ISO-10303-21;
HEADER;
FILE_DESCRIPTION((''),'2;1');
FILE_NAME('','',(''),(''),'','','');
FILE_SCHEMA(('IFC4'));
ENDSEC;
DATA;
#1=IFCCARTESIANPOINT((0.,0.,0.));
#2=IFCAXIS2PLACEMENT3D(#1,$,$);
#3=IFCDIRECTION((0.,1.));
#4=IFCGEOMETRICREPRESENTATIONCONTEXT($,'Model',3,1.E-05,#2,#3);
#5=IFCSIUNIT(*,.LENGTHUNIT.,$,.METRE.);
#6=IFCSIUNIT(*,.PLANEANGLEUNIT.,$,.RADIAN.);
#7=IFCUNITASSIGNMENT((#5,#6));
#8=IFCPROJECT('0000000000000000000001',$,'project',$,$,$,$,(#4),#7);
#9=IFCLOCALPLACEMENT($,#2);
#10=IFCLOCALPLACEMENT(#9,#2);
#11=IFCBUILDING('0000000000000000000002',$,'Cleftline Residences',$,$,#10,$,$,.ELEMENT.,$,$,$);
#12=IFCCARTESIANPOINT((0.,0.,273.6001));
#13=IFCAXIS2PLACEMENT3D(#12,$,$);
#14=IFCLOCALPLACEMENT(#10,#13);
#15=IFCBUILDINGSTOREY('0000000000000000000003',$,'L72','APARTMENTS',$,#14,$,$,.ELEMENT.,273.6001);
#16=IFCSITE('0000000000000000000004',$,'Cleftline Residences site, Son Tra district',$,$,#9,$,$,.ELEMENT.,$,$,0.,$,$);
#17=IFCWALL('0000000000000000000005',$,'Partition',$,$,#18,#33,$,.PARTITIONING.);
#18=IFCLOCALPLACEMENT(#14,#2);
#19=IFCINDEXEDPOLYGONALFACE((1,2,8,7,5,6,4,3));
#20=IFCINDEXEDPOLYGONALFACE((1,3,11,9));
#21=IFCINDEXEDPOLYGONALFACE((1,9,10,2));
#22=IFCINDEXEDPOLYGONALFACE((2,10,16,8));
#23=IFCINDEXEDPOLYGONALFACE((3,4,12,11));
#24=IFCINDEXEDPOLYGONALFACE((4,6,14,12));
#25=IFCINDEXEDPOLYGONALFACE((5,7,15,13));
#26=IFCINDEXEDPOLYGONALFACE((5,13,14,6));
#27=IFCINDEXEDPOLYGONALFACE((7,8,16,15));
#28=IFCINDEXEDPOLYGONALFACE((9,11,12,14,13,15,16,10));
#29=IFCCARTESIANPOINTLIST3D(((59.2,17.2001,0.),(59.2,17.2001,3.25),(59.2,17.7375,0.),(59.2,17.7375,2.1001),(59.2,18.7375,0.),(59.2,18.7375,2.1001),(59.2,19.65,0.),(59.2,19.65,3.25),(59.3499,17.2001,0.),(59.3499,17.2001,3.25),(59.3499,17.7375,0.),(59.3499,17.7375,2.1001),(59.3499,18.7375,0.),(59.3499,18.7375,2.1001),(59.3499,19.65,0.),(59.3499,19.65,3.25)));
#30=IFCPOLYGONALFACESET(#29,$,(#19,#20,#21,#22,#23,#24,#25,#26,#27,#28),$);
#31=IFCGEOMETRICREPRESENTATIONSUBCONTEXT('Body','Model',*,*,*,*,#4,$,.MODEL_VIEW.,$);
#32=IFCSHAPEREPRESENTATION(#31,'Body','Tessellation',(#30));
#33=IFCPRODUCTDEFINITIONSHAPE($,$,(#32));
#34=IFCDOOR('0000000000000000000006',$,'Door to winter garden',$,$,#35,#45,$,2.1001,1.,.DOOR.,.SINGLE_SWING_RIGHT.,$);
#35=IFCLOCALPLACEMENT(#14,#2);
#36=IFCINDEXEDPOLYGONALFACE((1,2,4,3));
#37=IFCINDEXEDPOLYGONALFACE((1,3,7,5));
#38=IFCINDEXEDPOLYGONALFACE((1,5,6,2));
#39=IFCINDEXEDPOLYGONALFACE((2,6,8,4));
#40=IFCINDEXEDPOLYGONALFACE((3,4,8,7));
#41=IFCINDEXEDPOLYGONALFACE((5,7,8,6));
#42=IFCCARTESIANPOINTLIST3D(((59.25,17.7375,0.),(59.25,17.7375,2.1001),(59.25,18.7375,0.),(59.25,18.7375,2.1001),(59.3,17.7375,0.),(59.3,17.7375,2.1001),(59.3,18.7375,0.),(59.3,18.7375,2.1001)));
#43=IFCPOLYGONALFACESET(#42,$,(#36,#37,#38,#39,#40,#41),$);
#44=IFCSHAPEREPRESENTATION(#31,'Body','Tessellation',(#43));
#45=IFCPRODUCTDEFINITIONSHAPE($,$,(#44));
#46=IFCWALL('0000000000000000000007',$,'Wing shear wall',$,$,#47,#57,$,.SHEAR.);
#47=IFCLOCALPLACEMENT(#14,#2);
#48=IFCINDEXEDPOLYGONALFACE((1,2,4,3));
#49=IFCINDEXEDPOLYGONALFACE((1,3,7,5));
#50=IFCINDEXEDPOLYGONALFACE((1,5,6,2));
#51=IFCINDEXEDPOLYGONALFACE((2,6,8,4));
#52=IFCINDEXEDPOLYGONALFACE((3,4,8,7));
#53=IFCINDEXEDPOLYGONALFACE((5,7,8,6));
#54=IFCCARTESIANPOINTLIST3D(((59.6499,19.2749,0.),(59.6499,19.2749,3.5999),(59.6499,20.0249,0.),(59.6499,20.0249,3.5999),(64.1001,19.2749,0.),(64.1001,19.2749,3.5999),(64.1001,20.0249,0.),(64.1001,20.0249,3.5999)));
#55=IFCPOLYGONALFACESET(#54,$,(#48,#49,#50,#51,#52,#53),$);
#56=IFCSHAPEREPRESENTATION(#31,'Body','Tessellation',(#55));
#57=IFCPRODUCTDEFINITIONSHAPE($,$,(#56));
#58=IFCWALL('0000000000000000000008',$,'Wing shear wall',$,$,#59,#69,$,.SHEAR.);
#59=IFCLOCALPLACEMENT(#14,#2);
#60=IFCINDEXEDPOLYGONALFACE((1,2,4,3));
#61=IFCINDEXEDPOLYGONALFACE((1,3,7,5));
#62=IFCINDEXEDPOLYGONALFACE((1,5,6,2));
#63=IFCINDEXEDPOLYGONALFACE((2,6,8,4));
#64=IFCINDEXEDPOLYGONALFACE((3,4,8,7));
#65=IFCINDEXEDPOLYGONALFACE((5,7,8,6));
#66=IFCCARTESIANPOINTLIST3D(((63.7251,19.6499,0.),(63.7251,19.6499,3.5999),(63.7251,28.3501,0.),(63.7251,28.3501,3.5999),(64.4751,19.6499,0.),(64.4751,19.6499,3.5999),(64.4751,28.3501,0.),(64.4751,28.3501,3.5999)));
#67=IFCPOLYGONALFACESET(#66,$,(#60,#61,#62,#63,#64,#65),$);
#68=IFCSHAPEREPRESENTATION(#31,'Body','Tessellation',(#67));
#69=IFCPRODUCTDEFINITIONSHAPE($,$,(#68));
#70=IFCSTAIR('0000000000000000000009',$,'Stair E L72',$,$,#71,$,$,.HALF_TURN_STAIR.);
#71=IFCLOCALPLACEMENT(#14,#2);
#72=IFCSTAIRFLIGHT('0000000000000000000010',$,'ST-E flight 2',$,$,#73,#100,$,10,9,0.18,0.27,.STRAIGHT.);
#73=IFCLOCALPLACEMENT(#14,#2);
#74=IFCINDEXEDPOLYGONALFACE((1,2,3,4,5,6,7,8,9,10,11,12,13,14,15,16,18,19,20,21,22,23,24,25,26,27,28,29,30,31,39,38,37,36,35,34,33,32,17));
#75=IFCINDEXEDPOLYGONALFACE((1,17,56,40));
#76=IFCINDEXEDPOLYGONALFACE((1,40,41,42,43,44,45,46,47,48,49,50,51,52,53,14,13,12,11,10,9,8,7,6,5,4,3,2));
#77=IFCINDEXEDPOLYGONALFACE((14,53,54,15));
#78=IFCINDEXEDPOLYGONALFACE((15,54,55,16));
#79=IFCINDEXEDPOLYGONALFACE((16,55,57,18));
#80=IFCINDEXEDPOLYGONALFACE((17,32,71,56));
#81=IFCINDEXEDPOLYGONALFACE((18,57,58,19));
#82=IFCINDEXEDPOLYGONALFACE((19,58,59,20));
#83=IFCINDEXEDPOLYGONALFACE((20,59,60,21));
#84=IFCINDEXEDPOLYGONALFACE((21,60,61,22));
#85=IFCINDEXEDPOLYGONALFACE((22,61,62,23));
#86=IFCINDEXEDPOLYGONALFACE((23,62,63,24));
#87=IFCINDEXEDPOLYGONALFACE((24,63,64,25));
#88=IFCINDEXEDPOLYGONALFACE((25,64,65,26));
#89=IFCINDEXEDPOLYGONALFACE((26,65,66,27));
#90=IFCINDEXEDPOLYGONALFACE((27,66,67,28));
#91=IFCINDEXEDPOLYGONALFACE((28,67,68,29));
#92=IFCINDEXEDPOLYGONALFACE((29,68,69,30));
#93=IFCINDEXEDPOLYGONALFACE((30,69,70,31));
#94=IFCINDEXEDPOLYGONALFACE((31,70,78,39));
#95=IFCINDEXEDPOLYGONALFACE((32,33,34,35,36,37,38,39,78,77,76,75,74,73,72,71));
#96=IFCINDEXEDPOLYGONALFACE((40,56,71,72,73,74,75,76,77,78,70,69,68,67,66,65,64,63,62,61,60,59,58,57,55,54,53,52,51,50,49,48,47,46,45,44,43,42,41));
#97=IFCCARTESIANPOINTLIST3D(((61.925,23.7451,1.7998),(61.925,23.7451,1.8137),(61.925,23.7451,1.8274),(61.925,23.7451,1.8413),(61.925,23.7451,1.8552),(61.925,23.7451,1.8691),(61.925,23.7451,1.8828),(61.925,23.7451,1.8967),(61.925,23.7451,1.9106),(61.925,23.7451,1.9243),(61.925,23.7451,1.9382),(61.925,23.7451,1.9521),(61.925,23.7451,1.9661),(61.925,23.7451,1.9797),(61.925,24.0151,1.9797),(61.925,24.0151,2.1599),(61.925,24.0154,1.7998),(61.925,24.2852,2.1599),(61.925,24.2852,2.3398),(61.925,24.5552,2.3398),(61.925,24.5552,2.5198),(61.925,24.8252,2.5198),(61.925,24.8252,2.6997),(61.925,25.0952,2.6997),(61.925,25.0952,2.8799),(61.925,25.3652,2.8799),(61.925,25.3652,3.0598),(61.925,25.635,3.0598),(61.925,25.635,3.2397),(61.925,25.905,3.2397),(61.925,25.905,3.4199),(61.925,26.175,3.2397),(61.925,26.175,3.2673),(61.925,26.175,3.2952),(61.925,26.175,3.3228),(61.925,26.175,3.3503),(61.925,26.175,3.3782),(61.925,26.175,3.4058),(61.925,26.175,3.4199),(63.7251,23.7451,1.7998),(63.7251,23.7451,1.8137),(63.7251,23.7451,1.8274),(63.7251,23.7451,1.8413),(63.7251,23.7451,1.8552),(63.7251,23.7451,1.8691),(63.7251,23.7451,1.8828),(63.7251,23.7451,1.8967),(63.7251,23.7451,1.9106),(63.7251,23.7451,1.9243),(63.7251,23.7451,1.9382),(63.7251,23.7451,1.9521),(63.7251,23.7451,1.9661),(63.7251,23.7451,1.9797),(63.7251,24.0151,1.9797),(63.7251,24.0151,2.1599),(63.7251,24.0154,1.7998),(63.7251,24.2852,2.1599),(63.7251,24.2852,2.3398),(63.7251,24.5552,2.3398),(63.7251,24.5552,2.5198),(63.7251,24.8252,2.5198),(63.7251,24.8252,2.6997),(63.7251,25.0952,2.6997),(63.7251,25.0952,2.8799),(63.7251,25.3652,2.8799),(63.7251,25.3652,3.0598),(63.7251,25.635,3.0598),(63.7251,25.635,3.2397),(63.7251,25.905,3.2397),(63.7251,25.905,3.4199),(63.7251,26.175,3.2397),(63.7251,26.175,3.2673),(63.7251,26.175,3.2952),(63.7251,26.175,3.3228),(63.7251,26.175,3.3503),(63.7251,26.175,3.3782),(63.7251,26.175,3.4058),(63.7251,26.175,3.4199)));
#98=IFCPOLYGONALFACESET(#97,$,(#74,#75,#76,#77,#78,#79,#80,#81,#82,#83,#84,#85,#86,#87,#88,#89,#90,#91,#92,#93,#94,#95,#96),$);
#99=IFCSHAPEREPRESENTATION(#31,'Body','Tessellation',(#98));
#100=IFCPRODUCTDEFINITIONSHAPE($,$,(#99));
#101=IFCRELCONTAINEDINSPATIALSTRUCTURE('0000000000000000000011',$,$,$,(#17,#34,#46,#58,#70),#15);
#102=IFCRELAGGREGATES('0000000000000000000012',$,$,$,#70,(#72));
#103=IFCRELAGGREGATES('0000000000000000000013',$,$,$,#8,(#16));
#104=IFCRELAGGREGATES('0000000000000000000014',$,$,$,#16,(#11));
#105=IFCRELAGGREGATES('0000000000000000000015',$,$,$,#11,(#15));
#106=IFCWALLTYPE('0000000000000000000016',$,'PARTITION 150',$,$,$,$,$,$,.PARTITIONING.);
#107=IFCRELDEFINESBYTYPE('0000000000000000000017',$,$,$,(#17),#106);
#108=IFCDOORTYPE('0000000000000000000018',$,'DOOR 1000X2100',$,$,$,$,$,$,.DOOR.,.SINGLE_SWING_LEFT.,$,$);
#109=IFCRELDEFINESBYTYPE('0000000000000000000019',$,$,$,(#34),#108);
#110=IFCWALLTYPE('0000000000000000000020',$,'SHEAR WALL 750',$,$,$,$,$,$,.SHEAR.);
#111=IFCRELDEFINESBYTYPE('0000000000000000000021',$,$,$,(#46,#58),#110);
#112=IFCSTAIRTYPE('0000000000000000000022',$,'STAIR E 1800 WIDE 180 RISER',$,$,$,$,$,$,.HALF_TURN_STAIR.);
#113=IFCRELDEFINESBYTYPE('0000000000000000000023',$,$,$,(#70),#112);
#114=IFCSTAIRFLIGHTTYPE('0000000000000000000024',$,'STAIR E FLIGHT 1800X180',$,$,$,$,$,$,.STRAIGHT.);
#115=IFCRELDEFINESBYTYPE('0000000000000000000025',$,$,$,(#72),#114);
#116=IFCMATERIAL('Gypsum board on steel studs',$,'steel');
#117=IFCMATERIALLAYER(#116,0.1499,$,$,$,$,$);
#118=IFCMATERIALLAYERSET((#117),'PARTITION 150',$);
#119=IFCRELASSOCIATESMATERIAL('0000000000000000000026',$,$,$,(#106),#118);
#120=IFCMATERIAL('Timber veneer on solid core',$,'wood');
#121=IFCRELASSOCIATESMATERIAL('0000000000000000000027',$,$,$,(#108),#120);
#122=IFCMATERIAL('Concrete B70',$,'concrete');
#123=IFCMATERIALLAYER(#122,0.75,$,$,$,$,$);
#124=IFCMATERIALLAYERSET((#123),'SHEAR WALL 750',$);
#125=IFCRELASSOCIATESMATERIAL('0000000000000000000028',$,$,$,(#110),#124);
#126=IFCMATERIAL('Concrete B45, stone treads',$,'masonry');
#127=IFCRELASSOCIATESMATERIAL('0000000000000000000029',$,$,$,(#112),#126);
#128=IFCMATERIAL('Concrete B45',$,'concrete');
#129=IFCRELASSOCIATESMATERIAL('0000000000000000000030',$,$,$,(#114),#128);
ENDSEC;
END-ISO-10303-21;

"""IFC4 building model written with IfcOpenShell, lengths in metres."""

from ifc_helpers import new_model, si_unit, direction, frame, frame_2d, origin, place, context, subcontext, project, spatial, polyline, rectangle, outline, extrude, material, layer, layer_set, type_object, element, fill, aggregate, save


model = new_model("IFC4")

# Units and contexts
model_context = context("Model", 3, precision=1e-05, world=origin(), true_north=direction((0.0, 1.0)))
body_context = subcontext(model_context, "Body", "Model", "MODEL_VIEW")
ifc_project = project(units=[si_unit("LENGTHUNIT", "METRE"), si_unit("PLANEANGLEUNIT", "RADIAN")], contexts=[model_context])

# Site, building, storey
site_placement = place(None, origin())
site = spatial("IfcSite", under=ifc_project, at=site_placement, Name="Cleftline Residences site, Son Tra district", CompositionType="ELEMENT", RefElevation=0.0)
building_placement = place(site_placement, origin())
building = spatial("IfcBuilding", under=site, at=building_placement, Name="Cleftline Residences", CompositionType="ELEMENT")
storey_placement = place(building_placement, frame((0.0, 0.0, 273.6001)))
storey = spatial("IfcBuildingStorey", under=building, at=storey_placement, Name="L72", Description="APARTMENTS", CompositionType="ELEMENT", Elevation=273.6001)

# Shared definitions
ifc_material_1 = material(Name="Gypsum board on steel studs", Category="steel")
ifc_layer_1 = layer(ifc_material_1, 0.1499)
ifc_layer_set_1 = layer_set([ifc_layer_1], Name="PARTITION 150")
wall_type_1 = type_object("IfcWallType", Name="PARTITION 150", PredefinedType="PARTITIONING", material=ifc_layer_set_1)
ifc_material_2 = material(Name="Timber veneer on solid core", Category="wood")
door_type = type_object("IfcDoorType", Name="DOOR 1000X2100", OperationType="SINGLE_SWING_LEFT", PredefinedType="DOOR", material=ifc_material_2)

# Wall, opening, door
wall_1_placement = place(storey_placement, frame((59.2749, 17.2, 0.0), z_axis=(0.0, 0.0, 1.0), x_axis=(0.0, 1.0, 0.0)))
wall_1 = element("IfcWall", 1, at=wall_1_placement, inside=storey, type_object=wall_type_1, Name="Partition", PredefinedType="PARTITIONING", context=body_context, shape_type="SweptSolid", body=[
    extrude(rectangle(XDim=2.45, YDim=0.1499, at=frame_2d((1.2251, 0.0))), origin(), (0.0, 0.0, 1.0), 3.25),
])
opening_1_placement = place(wall_1_placement, frame((0.5376, 0.0, 0.0)))
opening_1 = element("IfcOpeningElement", 2, at=opening_1_placement, cuts=wall_1, PredefinedType="OPENING", context=body_context, shape_type="SweptSolid", body=[
    extrude(rectangle(XDim=1.0, YDim=2.1001, at=frame_2d((0.5, 1.05))), frame((0.0, 0.085, 0.0), z_axis=(0.0, -1.0, 0.0), x_axis=(1.0, 0.0, 0.0)), (0.0, 0.0, 1.0), 0.1699),
])
door_1_placement = place(opening_1_placement, origin())
door_1 = element("IfcDoor", 3, at=door_1_placement, inside=storey, type_object=door_type, Name="Door to winter garden", OperationType="SINGLE_SWING_RIGHT", OverallHeight=2.1001, OverallWidth=1.0, PredefinedType="DOOR", context=body_context, shape_type="SweptSolid", body=[
    extrude(rectangle(XDim=1.0, YDim=2.1001, at=frame_2d((0.5, 1.05))), frame((0.0, 0.0249, 0.0), z_axis=(0.0, -1.0, 0.0), x_axis=(1.0, 0.0, 0.0)), (0.0, 0.0, 1.0), 0.05),
])
fill(opening_1, door_1)

# Walls
ifc_material_3 = material(Name="Concrete B70", Category="concrete")
ifc_layer_2 = layer(ifc_material_3, 0.75)
ifc_layer_set_2 = layer_set([ifc_layer_2], Name="SHEAR WALL 750")
wall_type_2 = type_object("IfcWallType", Name="SHEAR WALL 750", PredefinedType="SHEAR", material=ifc_layer_set_2)
wall_2_placement = place(storey_placement, frame((59.6499, 19.6499, 0.0), z_axis=(0.0, 0.0, 1.0), x_axis=(1.0, 0.0, 0.0)))
element("IfcWall", 4, at=wall_2_placement, inside=storey, type_object=wall_type_2, Name="Wing shear wall", PredefinedType="SHEAR", context=body_context, shape_type="SweptSolid", body=[
    extrude(rectangle(XDim=4.4502, YDim=0.75, at=frame_2d((2.2251, 0.0))), origin(), (0.0, 0.0, 1.0), 3.5999),
])
wall_3_placement = place(storey_placement, frame((64.1001, 19.6499, 0.0), z_axis=(0.0, 0.0, 1.0), x_axis=(0.0, 1.0, 0.0)))
element("IfcWall", 5, at=wall_3_placement, inside=storey, type_object=wall_type_2, Name="Wing shear wall", PredefinedType="SHEAR", context=body_context, shape_type="SweptSolid", body=[
    extrude(rectangle(XDim=8.7002, YDim=0.75, at=frame_2d((4.3501, 0.0))), origin(), (0.0, 0.0, 1.0), 3.5999),
])

# Stair, stair flight
ifc_material_4 = material(Name="Concrete B45, stone treads", Category="masonry")
stair_type = type_object("IfcStairType", Name="STAIR E 1800 WIDE 180 RISER", PredefinedType="HALF_TURN_STAIR", material=ifc_material_4)
stair_placement = place(storey_placement, origin())
stair = element("IfcStair", 6, at=stair_placement, inside=storey, type_object=stair_type, Name="Stair E L72", PredefinedType="HALF_TURN_STAIR")
ifc_material_5 = material(Name="Concrete B45", Category="concrete")
stair_flight_type = type_object("IfcStairFlightType", Name="STAIR E FLIGHT 1800X180", PredefinedType="STRAIGHT", material=ifc_material_5)
stair_flight_placement = place(storey_placement, frame((62.825, 23.7451, 1.7998), z_axis=(0.0, 0.0, 1.0), x_axis=(0.0, 1.0, 0.0)))
stair_flight = element("IfcStairFlight", 7, at=stair_flight_placement, type_object=stair_flight_type, Name="ST-E flight 2", NumberOfRisers=10, NumberOfTreads=9, PredefinedType="STRAIGHT", RiserHeight=0.18, TreadLength=0.27, context=body_context, shape_type="SweptSolid", body=[
    extrude(outline(polyline([(0.0, 0.0), (0.0, 0.0139), (0.0, 0.0276), (0.0, 0.0415), (0.0, 0.0554), (0.0, 0.0693), (0.0, 0.083), (0.0, 0.0969), (0.0, 0.1108), (0.0, 0.1245), (0.0, 0.1384), (0.0, 0.1523), (0.0, 0.1663), (0.0, 0.1799), (0.27, 0.1799), (0.27, 0.3601), (0.54, 0.3601), (0.54, 0.54), (0.8101, 0.54), (0.8101, 0.72), (1.0801, 0.72), (1.0801, 0.8999), (1.3501, 0.8999), (1.3501, 1.0801), (1.6201, 1.0801), (1.6201, 1.26), (1.8899, 1.26), (1.8899, 1.4399), (2.1599, 1.4399), (2.1599, 1.6201), (2.4299, 1.6201), (2.4299, 1.8), (2.4299, 1.7722), (2.4299, 1.7446), (2.4299, 1.7168), (2.4299, 1.6892), (2.4299, 1.6614), (2.4299, 1.6338), (2.4299, 1.606), (2.4299, 1.5784), (2.4299, 1.5505), (2.4299, 1.5229), (2.4299, 1.4954), (2.4299, 1.4675), (2.4299, 1.4399), (0.2703, 0.0), (0.0, 0.0)])), frame((0.0, 0.8999, 0.0), z_axis=(0.0, -1.0, 0.0), x_axis=(1.0, 0.0, 0.0)), (0.0, 0.0, 1.0), 1.8),
])
aggregate(stair, [stair_flight])

save(model, "model.ifc")
